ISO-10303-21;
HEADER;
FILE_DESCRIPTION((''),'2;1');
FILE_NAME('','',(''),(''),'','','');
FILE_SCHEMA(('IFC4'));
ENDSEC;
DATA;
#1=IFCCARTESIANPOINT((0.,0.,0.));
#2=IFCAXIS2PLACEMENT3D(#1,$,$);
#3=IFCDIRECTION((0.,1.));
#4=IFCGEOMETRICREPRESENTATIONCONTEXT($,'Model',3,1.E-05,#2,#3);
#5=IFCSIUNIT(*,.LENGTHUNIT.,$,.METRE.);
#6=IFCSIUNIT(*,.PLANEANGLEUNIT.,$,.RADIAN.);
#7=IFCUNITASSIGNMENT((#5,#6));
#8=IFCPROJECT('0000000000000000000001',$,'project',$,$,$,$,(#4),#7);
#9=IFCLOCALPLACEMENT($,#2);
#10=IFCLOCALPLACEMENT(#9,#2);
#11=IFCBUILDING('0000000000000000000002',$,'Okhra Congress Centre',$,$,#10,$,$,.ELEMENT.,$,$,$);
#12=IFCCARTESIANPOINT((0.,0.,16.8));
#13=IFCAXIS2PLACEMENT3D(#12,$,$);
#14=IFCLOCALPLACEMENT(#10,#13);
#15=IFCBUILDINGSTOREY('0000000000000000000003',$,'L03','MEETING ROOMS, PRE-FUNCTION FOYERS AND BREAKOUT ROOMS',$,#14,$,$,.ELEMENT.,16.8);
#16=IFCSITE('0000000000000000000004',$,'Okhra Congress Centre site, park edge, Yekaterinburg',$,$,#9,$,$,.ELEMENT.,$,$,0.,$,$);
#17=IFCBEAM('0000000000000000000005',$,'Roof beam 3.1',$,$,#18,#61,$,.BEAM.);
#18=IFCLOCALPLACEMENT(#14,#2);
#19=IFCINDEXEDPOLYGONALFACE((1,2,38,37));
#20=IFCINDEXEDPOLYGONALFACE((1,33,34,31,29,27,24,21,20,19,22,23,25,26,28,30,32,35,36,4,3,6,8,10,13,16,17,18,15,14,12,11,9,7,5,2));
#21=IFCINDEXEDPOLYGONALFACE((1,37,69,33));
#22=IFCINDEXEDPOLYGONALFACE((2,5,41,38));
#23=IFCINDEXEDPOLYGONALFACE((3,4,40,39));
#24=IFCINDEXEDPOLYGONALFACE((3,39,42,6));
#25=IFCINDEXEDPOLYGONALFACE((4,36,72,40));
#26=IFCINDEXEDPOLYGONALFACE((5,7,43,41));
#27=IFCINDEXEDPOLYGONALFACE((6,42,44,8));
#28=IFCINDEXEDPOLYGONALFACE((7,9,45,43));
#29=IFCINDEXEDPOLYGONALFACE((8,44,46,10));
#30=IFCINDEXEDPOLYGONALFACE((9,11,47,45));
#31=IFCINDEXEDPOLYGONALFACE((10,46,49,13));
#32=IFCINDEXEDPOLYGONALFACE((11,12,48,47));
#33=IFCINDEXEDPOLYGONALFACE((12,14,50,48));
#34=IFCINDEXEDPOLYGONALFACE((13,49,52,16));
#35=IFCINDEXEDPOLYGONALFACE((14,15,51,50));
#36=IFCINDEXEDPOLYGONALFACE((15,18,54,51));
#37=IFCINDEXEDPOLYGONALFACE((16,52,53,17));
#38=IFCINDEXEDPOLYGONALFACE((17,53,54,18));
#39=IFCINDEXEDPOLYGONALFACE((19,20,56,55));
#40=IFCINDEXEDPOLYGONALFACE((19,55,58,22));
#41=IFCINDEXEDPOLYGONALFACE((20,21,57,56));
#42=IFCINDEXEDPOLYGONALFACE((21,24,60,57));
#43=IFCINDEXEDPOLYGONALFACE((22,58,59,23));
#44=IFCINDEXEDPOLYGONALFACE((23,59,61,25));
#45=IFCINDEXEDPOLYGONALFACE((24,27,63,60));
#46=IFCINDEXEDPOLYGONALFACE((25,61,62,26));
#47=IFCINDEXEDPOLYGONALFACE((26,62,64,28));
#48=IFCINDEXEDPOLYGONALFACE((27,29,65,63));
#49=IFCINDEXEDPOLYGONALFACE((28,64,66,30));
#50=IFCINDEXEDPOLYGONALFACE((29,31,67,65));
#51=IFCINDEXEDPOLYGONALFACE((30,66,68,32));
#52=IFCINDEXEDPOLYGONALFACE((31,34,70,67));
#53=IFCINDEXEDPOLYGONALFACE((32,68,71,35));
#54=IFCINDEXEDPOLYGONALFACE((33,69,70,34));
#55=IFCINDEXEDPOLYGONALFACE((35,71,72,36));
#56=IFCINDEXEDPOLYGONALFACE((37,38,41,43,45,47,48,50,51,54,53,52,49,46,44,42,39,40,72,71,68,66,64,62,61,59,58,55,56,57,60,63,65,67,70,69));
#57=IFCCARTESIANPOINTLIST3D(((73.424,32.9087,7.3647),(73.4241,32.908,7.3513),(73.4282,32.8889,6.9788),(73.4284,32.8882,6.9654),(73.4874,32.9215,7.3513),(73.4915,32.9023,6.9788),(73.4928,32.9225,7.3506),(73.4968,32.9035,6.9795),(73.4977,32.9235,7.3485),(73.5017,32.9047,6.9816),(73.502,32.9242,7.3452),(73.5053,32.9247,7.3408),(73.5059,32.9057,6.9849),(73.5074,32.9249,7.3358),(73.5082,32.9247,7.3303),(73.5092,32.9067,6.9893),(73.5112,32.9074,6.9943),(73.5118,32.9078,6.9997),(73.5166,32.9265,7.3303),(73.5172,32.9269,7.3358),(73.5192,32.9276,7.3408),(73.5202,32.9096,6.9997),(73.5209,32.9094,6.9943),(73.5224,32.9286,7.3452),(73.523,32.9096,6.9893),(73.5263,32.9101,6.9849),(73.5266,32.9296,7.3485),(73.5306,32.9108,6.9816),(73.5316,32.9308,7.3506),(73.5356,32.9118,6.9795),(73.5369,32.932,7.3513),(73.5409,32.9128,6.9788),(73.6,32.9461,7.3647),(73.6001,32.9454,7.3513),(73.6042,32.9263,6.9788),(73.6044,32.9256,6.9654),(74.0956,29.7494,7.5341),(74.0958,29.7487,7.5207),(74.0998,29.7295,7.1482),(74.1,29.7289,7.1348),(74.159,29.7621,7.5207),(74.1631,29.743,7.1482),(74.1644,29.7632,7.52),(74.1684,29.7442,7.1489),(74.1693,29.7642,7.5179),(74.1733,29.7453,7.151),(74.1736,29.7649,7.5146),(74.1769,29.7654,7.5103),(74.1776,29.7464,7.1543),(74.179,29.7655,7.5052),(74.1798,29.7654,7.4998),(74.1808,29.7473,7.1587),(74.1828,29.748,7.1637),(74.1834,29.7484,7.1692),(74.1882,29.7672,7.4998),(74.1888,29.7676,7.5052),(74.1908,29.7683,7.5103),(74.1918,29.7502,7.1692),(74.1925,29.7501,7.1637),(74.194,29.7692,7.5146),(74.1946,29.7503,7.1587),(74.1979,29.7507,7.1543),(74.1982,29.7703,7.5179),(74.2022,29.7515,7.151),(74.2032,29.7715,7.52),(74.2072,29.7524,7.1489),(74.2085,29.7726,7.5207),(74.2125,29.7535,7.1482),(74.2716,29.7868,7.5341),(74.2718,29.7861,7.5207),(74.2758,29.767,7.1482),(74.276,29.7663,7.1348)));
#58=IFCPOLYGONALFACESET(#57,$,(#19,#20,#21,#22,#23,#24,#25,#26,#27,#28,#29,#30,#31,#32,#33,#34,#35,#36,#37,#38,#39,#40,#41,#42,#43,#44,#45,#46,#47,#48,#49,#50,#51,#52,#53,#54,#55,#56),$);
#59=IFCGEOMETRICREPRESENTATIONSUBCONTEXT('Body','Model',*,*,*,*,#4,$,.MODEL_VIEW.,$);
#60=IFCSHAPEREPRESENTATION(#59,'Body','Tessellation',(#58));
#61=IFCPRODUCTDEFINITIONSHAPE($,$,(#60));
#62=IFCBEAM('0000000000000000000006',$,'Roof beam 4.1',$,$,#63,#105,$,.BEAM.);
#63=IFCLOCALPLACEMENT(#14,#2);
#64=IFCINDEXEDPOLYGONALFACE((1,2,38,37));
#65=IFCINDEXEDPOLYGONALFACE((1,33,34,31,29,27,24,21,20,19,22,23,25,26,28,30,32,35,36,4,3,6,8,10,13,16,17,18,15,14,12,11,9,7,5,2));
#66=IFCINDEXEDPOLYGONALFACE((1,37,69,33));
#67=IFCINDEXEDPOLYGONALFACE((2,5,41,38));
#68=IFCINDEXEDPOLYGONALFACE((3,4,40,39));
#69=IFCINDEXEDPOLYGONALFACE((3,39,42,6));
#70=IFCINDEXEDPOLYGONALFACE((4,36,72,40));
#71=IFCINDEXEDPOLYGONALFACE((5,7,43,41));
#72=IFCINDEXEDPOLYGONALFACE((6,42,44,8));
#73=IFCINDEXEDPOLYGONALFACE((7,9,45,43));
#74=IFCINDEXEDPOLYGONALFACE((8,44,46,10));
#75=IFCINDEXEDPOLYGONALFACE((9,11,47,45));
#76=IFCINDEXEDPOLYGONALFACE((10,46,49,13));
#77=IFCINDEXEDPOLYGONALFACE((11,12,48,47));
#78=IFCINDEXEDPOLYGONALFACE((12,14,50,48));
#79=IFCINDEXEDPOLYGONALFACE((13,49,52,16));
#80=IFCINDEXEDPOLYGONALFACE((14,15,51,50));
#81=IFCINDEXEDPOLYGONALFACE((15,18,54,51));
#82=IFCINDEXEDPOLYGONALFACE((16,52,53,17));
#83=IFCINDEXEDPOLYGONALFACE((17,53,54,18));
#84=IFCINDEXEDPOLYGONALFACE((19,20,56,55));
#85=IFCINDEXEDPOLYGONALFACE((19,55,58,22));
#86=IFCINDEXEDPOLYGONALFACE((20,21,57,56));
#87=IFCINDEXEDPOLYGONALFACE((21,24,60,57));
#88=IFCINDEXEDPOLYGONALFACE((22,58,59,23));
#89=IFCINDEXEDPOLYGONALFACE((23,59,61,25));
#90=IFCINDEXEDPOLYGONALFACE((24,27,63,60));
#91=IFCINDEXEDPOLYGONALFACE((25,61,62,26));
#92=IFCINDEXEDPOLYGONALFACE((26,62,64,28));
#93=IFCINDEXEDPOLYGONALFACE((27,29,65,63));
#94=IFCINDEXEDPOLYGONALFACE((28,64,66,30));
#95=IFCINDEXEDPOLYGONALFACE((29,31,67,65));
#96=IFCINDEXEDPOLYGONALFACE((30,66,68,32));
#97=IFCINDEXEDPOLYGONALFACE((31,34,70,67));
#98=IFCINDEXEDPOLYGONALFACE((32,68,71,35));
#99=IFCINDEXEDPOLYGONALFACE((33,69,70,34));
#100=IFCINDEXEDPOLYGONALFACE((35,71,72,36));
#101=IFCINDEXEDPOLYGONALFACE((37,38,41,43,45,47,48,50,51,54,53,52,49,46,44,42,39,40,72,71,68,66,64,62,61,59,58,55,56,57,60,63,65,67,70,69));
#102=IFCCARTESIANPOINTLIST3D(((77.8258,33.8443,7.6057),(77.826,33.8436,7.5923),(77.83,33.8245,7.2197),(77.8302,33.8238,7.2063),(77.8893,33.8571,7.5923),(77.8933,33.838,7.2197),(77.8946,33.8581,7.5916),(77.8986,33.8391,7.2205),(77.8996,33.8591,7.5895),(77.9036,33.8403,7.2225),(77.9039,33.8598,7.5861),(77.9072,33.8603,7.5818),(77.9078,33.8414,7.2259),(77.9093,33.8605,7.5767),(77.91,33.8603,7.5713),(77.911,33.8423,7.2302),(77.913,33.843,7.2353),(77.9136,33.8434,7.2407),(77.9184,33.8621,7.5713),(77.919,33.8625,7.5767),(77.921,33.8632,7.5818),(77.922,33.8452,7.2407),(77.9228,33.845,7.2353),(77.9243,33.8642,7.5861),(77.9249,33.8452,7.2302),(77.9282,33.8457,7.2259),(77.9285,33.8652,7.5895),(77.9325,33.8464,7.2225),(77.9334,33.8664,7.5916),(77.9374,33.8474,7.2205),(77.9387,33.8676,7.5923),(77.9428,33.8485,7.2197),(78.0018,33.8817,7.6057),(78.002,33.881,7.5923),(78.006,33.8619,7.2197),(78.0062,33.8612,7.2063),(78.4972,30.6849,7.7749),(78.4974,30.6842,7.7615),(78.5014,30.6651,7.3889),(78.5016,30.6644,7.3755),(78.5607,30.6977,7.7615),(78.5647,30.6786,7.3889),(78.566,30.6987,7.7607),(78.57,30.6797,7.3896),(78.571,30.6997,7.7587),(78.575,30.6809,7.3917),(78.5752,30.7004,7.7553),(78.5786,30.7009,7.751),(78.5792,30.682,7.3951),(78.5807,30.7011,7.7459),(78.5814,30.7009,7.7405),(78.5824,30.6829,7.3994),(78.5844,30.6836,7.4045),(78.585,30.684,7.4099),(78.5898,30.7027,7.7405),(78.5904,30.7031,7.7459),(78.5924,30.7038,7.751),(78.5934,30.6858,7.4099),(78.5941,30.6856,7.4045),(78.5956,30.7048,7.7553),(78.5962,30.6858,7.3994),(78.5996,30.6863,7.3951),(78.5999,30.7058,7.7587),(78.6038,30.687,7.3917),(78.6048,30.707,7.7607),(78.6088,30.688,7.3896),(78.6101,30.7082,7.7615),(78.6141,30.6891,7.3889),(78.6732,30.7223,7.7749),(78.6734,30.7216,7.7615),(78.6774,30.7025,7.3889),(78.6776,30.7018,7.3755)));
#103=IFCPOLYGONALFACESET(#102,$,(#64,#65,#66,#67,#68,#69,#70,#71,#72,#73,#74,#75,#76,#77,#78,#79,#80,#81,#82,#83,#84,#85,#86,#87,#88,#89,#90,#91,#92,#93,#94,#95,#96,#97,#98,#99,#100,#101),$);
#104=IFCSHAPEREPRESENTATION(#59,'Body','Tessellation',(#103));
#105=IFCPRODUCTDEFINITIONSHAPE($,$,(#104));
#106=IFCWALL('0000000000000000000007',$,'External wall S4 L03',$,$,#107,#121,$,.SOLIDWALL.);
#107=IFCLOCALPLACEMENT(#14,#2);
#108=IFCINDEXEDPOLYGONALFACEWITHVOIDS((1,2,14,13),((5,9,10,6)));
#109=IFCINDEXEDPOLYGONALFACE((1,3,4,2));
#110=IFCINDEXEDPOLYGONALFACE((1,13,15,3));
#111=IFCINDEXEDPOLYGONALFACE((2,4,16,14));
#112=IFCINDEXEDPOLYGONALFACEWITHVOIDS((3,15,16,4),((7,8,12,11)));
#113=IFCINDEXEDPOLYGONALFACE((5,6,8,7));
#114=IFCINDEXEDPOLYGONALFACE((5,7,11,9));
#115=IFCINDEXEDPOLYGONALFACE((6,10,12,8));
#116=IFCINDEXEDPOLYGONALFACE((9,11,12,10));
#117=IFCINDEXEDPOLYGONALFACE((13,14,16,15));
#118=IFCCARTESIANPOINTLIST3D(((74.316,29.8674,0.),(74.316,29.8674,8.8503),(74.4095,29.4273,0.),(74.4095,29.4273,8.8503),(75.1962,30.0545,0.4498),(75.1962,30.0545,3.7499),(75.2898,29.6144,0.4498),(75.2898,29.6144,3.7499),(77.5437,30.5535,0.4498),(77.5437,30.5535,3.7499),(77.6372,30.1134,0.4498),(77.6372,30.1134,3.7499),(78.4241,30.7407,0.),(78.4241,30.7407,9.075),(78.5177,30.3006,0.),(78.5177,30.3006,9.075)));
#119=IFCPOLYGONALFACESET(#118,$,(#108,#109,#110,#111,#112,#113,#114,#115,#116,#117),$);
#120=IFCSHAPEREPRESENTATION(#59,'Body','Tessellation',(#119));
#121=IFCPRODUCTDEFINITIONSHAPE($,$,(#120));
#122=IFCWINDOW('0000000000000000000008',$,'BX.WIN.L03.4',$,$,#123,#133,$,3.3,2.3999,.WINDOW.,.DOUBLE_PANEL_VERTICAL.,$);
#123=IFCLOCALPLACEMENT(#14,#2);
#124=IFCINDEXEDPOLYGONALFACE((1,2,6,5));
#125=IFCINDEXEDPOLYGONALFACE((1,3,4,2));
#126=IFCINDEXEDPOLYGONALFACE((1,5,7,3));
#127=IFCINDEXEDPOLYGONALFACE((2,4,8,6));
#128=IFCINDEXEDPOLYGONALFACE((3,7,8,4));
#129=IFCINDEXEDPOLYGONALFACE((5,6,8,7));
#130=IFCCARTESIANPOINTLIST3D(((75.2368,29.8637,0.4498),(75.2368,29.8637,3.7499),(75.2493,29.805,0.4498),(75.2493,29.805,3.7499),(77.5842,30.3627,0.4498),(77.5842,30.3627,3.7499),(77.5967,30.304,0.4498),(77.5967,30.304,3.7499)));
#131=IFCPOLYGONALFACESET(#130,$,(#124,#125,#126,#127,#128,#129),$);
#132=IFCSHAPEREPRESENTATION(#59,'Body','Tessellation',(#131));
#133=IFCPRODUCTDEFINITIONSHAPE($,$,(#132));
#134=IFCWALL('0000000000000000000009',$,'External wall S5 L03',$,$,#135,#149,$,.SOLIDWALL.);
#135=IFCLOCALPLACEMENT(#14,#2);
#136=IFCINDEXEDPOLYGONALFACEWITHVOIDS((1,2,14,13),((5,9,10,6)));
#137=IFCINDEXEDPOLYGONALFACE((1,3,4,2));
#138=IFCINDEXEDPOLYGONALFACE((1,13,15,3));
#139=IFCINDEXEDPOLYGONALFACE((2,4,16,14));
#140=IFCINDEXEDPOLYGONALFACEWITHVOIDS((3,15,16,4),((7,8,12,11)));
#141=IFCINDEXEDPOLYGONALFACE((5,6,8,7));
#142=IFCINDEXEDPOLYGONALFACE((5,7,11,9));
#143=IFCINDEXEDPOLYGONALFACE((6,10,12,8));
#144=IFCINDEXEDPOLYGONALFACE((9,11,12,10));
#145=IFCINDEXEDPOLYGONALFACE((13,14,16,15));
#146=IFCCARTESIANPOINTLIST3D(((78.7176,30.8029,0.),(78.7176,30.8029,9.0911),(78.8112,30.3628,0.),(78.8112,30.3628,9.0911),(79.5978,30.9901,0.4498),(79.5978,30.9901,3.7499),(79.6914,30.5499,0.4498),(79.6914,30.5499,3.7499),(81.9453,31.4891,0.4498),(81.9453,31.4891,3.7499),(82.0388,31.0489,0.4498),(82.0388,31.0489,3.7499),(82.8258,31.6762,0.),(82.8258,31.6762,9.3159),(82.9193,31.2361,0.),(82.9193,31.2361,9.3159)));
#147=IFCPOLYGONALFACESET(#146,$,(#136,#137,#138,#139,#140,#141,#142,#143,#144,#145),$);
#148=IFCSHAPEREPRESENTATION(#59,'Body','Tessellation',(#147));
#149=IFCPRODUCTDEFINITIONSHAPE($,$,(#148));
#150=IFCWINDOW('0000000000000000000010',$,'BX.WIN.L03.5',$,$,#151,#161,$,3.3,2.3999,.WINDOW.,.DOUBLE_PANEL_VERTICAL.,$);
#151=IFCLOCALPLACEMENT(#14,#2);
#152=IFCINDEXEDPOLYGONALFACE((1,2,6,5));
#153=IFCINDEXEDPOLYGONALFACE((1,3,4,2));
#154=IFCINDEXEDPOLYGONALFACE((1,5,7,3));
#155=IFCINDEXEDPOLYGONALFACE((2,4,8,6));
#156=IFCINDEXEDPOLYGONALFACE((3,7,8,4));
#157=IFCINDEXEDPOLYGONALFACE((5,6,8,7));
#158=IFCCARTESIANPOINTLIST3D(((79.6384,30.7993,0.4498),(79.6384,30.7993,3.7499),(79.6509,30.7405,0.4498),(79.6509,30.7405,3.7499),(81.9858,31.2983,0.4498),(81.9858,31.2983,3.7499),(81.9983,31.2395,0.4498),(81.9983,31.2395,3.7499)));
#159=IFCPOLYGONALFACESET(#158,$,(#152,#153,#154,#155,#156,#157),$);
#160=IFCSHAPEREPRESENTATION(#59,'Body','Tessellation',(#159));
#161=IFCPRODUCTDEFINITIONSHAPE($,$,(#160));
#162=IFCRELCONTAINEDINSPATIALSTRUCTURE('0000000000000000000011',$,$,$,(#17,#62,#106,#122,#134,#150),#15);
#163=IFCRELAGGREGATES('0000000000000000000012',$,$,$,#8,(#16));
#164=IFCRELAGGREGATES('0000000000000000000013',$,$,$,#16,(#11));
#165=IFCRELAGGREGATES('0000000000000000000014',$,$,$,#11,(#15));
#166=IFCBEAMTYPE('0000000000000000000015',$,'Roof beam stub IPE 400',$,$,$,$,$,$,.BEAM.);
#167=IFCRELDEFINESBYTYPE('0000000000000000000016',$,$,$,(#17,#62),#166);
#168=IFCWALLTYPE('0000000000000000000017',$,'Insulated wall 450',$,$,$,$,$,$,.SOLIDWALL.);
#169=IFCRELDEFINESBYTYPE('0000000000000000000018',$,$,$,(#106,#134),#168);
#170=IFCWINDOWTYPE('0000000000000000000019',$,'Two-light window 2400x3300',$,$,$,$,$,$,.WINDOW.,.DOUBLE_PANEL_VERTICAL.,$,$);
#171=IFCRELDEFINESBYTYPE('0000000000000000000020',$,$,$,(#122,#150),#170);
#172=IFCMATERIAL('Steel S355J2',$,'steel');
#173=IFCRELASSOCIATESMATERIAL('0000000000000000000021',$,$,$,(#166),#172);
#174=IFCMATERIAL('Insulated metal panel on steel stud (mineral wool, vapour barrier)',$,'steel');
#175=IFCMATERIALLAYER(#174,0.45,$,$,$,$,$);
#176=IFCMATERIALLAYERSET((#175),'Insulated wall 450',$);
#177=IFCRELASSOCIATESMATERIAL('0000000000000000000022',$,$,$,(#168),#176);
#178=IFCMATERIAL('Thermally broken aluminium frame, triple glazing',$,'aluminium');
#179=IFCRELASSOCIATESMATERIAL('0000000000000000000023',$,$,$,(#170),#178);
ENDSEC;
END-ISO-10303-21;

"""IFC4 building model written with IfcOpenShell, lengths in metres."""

from ifc_helpers import new_model, si_unit, direction, frame, frame_2d, origin, origin_2d, place, context, subcontext, project, spatial, polyline, rectangle, i_section, outline, extrude, material, layer, layer_set, material_profile, profile_set, type_object, element, fill, save


model = new_model("IFC4")

# Units and contexts
model_context = context("Model", 3, precision=1e-05, world=origin(), true_north=direction((0.0, 1.0)))
body_context = subcontext(model_context, "Body", "Model", "MODEL_VIEW")
ifc_project = project(units=[si_unit("LENGTHUNIT", "METRE"), si_unit("PLANEANGLEUNIT", "RADIAN")], contexts=[model_context])

# Site, building, storey
site_placement = place(None, origin())
site = spatial("IfcSite", under=ifc_project, at=site_placement, Name="Okhra Congress Centre site, park edge, Yekaterinburg", CompositionType="ELEMENT", RefElevation=0.0)
building_placement = place(site_placement, origin())
building = spatial("IfcBuilding", under=site, at=building_placement, Name="Okhra Congress Centre", CompositionType="ELEMENT")
storey_placement = place(building_placement, frame((0.0, 0.0, 16.8)))
storey = spatial("IfcBuildingStorey", under=building, at=storey_placement, Name="L03", Description="MEETING ROOMS, PRE-FUNCTION FOYERS AND BREAKOUT ROOMS", CompositionType="ELEMENT", Elevation=16.8)

# Shared definitions
ifc_material_1 = material(Name="Steel S355J2", Category="steel")

# Beams
ifc_material_profile_1 = material_profile(ifc_material_1, i_section(OverallWidth=0.1799, OverallDepth=0.3999, WebThickness=0.0085, FlangeThickness=0.0134, FilletRadius=0.021, at=origin_2d()), Name="IPE 400")
ifc_profile_set_1 = profile_set([ifc_material_profile_1], Name="Steel S355J2")
beam_type_1 = type_object("IfcBeamType", Name="Roof beam stub IPE 400", PredefinedType="BEAM", material=ifc_profile_set_1)
for number, where, z_axis, x_axis, name in (
    (1, (74.1858, 29.7578, 7.3345), (-0.207648, 0.9768, -0.052384), (-0.978143, -0.207934, 0.0), "Roof beam 3.1"),
    (2, (78.5874, 30.6934, 7.5752), (-0.207577, 0.976819, -0.052309), (-0.978158, -0.207861, 0.0), "Roof beam 4.1"),
):
    element("IfcBeam", number, at=place(storey_placement, frame(where, z_axis=z_axis, x_axis=x_axis)), inside=storey, type_object=beam_type_1, Name=name, PredefinedType="BEAM", context=body_context, shape_type="SweptSolid", body=[
        extrude(i_section(OverallWidth=0.1799, OverallDepth=0.3999, WebThickness=0.0085, FlangeThickness=0.0134, FilletRadius=0.021, at=origin_2d()), origin(), (0.0, 0.0, 1.0), 3.2344),
    ])

# Walls, openings, windows
ifc_material_2 = material(Name="Insulated metal panel on steel stud (mineral wool, vapour barrier)", Category="steel")
ifc_layer_1 = layer(ifc_material_2, 0.45)
ifc_layer_set_1 = layer_set([ifc_layer_1], Name="Insulated wall 450")
wall_type_1 = type_object("IfcWallType", Name="Insulated wall 450", PredefinedType="SOLIDWALL", material=ifc_layer_set_1)
wall_1_placement = place(storey_placement, frame((74.3628, 29.6472, 0.0), z_axis=(0.0, 0.0, 1.0), x_axis=(0.978144, 0.207929, 0.0)))
wall_1 = element("IfcWall", 3, at=wall_1_placement, inside=storey, type_object=wall_type_1, Name="External wall S4 L03", PredefinedType="SOLIDWALL", context=body_context, shape_type="SweptSolid", body=[
    extrude(outline(polyline([(0.0, 0.0), (4.2, 0.0), (4.2, 9.075), (0.0, 8.8503), (0.0, 0.0)])), frame((0.0, 0.2251, 0.0), z_axis=(0.0, -1.0, 0.0), x_axis=(1.0, 0.0, 0.0)), (0.0, 0.0, 1.0), 0.45),
])
opening_1_placement = place(wall_1_placement, frame((0.8999, 0.0, 0.45)))
opening_1 = element("IfcOpeningElement", 4, at=opening_1_placement, cuts=wall_1, PredefinedType="OPENING", context=body_context, shape_type="SweptSolid", body=[
    extrude(rectangle(XDim=2.3999, YDim=3.3, at=frame_2d((1.2, 1.6499))), frame((0.0, 0.2349, 0.0), z_axis=(0.0, -1.0, 0.0), x_axis=(1.0, 0.0, 0.0)), (0.0, 0.0, 1.0), 0.47),
])
ifc_material_3 = material(Name="Thermally broken aluminium frame, triple glazing", Category="aluminium")
window_type_1 = type_object("IfcWindowType", Name="Two-light window 2400x3300", PartitioningType="DOUBLE_PANEL_VERTICAL", PredefinedType="WINDOW", material=ifc_material_3)
window_1_placement = place(opening_1_placement, origin())
window_1 = element("IfcWindow", 5, at=window_1_placement, inside=storey, type_object=window_type_1, Name="BX.WIN.L03.4", OverallHeight=3.3, OverallWidth=2.3999, PartitioningType="DOUBLE_PANEL_VERTICAL", PredefinedType="WINDOW", context=body_context, shape_type="SweptSolid", body=[
    extrude(rectangle(XDim=2.3999, YDim=3.3, at=frame_2d((1.2, 1.6499))), frame((0.0, 0.03, 0.0), z_axis=(0.0, -1.0, 0.0), x_axis=(1.0, 0.0, 0.0)), (0.0, 0.0, 1.0), 0.0601),
])
fill(opening_1, window_1)
wall_2_placement = place(storey_placement, frame((78.7644, 30.5828, 0.0), z_axis=(0.0, 0.0, 1.0), x_axis=(0.978144, 0.207929, 0.0)))
wall_2 = element("IfcWall", 6, at=wall_2_placement, inside=storey, type_object=wall_type_1, Name="External wall S5 L03", PredefinedType="SOLIDWALL", context=body_context, shape_type="SweptSolid", body=[
    extrude(outline(polyline([(0.0, 0.0), (4.2, 0.0), (4.2, 9.3159), (0.0, 9.0911), (0.0, 0.0)])), frame((0.0, 0.2251, 0.0), z_axis=(0.0, -1.0, 0.0), x_axis=(1.0, 0.0, 0.0)), (0.0, 0.0, 1.0), 0.45),
])
opening_2_placement = place(wall_2_placement, frame((0.8999, 0.0, 0.45)))
opening_2 = element("IfcOpeningElement", 7, at=opening_2_placement, cuts=wall_2, PredefinedType="OPENING", context=body_context, shape_type="SweptSolid", body=[
    extrude(rectangle(XDim=2.3999, YDim=3.3, at=frame_2d((1.2, 1.6499))), frame((0.0, 0.2349, 0.0), z_axis=(0.0, -1.0, 0.0), x_axis=(1.0, 0.0, 0.0)), (0.0, 0.0, 1.0), 0.47),
])
window_2_placement = place(opening_2_placement, origin())
window_2 = element("IfcWindow", 8, at=window_2_placement, inside=storey, type_object=window_type_1, Name="BX.WIN.L03.5", OverallHeight=3.3, OverallWidth=2.3999, PartitioningType="DOUBLE_PANEL_VERTICAL", PredefinedType="WINDOW", context=body_context, shape_type="SweptSolid", body=[
    extrude(rectangle(XDim=2.3999, YDim=3.3, at=frame_2d((1.2, 1.6499))), frame((0.0, 0.03, 0.0), z_axis=(0.0, -1.0, 0.0), x_axis=(1.0, 0.0, 0.0)), (0.0, 0.0, 1.0), 0.0601),
])
fill(opening_2, window_2)

save(model, "model.ifc")
